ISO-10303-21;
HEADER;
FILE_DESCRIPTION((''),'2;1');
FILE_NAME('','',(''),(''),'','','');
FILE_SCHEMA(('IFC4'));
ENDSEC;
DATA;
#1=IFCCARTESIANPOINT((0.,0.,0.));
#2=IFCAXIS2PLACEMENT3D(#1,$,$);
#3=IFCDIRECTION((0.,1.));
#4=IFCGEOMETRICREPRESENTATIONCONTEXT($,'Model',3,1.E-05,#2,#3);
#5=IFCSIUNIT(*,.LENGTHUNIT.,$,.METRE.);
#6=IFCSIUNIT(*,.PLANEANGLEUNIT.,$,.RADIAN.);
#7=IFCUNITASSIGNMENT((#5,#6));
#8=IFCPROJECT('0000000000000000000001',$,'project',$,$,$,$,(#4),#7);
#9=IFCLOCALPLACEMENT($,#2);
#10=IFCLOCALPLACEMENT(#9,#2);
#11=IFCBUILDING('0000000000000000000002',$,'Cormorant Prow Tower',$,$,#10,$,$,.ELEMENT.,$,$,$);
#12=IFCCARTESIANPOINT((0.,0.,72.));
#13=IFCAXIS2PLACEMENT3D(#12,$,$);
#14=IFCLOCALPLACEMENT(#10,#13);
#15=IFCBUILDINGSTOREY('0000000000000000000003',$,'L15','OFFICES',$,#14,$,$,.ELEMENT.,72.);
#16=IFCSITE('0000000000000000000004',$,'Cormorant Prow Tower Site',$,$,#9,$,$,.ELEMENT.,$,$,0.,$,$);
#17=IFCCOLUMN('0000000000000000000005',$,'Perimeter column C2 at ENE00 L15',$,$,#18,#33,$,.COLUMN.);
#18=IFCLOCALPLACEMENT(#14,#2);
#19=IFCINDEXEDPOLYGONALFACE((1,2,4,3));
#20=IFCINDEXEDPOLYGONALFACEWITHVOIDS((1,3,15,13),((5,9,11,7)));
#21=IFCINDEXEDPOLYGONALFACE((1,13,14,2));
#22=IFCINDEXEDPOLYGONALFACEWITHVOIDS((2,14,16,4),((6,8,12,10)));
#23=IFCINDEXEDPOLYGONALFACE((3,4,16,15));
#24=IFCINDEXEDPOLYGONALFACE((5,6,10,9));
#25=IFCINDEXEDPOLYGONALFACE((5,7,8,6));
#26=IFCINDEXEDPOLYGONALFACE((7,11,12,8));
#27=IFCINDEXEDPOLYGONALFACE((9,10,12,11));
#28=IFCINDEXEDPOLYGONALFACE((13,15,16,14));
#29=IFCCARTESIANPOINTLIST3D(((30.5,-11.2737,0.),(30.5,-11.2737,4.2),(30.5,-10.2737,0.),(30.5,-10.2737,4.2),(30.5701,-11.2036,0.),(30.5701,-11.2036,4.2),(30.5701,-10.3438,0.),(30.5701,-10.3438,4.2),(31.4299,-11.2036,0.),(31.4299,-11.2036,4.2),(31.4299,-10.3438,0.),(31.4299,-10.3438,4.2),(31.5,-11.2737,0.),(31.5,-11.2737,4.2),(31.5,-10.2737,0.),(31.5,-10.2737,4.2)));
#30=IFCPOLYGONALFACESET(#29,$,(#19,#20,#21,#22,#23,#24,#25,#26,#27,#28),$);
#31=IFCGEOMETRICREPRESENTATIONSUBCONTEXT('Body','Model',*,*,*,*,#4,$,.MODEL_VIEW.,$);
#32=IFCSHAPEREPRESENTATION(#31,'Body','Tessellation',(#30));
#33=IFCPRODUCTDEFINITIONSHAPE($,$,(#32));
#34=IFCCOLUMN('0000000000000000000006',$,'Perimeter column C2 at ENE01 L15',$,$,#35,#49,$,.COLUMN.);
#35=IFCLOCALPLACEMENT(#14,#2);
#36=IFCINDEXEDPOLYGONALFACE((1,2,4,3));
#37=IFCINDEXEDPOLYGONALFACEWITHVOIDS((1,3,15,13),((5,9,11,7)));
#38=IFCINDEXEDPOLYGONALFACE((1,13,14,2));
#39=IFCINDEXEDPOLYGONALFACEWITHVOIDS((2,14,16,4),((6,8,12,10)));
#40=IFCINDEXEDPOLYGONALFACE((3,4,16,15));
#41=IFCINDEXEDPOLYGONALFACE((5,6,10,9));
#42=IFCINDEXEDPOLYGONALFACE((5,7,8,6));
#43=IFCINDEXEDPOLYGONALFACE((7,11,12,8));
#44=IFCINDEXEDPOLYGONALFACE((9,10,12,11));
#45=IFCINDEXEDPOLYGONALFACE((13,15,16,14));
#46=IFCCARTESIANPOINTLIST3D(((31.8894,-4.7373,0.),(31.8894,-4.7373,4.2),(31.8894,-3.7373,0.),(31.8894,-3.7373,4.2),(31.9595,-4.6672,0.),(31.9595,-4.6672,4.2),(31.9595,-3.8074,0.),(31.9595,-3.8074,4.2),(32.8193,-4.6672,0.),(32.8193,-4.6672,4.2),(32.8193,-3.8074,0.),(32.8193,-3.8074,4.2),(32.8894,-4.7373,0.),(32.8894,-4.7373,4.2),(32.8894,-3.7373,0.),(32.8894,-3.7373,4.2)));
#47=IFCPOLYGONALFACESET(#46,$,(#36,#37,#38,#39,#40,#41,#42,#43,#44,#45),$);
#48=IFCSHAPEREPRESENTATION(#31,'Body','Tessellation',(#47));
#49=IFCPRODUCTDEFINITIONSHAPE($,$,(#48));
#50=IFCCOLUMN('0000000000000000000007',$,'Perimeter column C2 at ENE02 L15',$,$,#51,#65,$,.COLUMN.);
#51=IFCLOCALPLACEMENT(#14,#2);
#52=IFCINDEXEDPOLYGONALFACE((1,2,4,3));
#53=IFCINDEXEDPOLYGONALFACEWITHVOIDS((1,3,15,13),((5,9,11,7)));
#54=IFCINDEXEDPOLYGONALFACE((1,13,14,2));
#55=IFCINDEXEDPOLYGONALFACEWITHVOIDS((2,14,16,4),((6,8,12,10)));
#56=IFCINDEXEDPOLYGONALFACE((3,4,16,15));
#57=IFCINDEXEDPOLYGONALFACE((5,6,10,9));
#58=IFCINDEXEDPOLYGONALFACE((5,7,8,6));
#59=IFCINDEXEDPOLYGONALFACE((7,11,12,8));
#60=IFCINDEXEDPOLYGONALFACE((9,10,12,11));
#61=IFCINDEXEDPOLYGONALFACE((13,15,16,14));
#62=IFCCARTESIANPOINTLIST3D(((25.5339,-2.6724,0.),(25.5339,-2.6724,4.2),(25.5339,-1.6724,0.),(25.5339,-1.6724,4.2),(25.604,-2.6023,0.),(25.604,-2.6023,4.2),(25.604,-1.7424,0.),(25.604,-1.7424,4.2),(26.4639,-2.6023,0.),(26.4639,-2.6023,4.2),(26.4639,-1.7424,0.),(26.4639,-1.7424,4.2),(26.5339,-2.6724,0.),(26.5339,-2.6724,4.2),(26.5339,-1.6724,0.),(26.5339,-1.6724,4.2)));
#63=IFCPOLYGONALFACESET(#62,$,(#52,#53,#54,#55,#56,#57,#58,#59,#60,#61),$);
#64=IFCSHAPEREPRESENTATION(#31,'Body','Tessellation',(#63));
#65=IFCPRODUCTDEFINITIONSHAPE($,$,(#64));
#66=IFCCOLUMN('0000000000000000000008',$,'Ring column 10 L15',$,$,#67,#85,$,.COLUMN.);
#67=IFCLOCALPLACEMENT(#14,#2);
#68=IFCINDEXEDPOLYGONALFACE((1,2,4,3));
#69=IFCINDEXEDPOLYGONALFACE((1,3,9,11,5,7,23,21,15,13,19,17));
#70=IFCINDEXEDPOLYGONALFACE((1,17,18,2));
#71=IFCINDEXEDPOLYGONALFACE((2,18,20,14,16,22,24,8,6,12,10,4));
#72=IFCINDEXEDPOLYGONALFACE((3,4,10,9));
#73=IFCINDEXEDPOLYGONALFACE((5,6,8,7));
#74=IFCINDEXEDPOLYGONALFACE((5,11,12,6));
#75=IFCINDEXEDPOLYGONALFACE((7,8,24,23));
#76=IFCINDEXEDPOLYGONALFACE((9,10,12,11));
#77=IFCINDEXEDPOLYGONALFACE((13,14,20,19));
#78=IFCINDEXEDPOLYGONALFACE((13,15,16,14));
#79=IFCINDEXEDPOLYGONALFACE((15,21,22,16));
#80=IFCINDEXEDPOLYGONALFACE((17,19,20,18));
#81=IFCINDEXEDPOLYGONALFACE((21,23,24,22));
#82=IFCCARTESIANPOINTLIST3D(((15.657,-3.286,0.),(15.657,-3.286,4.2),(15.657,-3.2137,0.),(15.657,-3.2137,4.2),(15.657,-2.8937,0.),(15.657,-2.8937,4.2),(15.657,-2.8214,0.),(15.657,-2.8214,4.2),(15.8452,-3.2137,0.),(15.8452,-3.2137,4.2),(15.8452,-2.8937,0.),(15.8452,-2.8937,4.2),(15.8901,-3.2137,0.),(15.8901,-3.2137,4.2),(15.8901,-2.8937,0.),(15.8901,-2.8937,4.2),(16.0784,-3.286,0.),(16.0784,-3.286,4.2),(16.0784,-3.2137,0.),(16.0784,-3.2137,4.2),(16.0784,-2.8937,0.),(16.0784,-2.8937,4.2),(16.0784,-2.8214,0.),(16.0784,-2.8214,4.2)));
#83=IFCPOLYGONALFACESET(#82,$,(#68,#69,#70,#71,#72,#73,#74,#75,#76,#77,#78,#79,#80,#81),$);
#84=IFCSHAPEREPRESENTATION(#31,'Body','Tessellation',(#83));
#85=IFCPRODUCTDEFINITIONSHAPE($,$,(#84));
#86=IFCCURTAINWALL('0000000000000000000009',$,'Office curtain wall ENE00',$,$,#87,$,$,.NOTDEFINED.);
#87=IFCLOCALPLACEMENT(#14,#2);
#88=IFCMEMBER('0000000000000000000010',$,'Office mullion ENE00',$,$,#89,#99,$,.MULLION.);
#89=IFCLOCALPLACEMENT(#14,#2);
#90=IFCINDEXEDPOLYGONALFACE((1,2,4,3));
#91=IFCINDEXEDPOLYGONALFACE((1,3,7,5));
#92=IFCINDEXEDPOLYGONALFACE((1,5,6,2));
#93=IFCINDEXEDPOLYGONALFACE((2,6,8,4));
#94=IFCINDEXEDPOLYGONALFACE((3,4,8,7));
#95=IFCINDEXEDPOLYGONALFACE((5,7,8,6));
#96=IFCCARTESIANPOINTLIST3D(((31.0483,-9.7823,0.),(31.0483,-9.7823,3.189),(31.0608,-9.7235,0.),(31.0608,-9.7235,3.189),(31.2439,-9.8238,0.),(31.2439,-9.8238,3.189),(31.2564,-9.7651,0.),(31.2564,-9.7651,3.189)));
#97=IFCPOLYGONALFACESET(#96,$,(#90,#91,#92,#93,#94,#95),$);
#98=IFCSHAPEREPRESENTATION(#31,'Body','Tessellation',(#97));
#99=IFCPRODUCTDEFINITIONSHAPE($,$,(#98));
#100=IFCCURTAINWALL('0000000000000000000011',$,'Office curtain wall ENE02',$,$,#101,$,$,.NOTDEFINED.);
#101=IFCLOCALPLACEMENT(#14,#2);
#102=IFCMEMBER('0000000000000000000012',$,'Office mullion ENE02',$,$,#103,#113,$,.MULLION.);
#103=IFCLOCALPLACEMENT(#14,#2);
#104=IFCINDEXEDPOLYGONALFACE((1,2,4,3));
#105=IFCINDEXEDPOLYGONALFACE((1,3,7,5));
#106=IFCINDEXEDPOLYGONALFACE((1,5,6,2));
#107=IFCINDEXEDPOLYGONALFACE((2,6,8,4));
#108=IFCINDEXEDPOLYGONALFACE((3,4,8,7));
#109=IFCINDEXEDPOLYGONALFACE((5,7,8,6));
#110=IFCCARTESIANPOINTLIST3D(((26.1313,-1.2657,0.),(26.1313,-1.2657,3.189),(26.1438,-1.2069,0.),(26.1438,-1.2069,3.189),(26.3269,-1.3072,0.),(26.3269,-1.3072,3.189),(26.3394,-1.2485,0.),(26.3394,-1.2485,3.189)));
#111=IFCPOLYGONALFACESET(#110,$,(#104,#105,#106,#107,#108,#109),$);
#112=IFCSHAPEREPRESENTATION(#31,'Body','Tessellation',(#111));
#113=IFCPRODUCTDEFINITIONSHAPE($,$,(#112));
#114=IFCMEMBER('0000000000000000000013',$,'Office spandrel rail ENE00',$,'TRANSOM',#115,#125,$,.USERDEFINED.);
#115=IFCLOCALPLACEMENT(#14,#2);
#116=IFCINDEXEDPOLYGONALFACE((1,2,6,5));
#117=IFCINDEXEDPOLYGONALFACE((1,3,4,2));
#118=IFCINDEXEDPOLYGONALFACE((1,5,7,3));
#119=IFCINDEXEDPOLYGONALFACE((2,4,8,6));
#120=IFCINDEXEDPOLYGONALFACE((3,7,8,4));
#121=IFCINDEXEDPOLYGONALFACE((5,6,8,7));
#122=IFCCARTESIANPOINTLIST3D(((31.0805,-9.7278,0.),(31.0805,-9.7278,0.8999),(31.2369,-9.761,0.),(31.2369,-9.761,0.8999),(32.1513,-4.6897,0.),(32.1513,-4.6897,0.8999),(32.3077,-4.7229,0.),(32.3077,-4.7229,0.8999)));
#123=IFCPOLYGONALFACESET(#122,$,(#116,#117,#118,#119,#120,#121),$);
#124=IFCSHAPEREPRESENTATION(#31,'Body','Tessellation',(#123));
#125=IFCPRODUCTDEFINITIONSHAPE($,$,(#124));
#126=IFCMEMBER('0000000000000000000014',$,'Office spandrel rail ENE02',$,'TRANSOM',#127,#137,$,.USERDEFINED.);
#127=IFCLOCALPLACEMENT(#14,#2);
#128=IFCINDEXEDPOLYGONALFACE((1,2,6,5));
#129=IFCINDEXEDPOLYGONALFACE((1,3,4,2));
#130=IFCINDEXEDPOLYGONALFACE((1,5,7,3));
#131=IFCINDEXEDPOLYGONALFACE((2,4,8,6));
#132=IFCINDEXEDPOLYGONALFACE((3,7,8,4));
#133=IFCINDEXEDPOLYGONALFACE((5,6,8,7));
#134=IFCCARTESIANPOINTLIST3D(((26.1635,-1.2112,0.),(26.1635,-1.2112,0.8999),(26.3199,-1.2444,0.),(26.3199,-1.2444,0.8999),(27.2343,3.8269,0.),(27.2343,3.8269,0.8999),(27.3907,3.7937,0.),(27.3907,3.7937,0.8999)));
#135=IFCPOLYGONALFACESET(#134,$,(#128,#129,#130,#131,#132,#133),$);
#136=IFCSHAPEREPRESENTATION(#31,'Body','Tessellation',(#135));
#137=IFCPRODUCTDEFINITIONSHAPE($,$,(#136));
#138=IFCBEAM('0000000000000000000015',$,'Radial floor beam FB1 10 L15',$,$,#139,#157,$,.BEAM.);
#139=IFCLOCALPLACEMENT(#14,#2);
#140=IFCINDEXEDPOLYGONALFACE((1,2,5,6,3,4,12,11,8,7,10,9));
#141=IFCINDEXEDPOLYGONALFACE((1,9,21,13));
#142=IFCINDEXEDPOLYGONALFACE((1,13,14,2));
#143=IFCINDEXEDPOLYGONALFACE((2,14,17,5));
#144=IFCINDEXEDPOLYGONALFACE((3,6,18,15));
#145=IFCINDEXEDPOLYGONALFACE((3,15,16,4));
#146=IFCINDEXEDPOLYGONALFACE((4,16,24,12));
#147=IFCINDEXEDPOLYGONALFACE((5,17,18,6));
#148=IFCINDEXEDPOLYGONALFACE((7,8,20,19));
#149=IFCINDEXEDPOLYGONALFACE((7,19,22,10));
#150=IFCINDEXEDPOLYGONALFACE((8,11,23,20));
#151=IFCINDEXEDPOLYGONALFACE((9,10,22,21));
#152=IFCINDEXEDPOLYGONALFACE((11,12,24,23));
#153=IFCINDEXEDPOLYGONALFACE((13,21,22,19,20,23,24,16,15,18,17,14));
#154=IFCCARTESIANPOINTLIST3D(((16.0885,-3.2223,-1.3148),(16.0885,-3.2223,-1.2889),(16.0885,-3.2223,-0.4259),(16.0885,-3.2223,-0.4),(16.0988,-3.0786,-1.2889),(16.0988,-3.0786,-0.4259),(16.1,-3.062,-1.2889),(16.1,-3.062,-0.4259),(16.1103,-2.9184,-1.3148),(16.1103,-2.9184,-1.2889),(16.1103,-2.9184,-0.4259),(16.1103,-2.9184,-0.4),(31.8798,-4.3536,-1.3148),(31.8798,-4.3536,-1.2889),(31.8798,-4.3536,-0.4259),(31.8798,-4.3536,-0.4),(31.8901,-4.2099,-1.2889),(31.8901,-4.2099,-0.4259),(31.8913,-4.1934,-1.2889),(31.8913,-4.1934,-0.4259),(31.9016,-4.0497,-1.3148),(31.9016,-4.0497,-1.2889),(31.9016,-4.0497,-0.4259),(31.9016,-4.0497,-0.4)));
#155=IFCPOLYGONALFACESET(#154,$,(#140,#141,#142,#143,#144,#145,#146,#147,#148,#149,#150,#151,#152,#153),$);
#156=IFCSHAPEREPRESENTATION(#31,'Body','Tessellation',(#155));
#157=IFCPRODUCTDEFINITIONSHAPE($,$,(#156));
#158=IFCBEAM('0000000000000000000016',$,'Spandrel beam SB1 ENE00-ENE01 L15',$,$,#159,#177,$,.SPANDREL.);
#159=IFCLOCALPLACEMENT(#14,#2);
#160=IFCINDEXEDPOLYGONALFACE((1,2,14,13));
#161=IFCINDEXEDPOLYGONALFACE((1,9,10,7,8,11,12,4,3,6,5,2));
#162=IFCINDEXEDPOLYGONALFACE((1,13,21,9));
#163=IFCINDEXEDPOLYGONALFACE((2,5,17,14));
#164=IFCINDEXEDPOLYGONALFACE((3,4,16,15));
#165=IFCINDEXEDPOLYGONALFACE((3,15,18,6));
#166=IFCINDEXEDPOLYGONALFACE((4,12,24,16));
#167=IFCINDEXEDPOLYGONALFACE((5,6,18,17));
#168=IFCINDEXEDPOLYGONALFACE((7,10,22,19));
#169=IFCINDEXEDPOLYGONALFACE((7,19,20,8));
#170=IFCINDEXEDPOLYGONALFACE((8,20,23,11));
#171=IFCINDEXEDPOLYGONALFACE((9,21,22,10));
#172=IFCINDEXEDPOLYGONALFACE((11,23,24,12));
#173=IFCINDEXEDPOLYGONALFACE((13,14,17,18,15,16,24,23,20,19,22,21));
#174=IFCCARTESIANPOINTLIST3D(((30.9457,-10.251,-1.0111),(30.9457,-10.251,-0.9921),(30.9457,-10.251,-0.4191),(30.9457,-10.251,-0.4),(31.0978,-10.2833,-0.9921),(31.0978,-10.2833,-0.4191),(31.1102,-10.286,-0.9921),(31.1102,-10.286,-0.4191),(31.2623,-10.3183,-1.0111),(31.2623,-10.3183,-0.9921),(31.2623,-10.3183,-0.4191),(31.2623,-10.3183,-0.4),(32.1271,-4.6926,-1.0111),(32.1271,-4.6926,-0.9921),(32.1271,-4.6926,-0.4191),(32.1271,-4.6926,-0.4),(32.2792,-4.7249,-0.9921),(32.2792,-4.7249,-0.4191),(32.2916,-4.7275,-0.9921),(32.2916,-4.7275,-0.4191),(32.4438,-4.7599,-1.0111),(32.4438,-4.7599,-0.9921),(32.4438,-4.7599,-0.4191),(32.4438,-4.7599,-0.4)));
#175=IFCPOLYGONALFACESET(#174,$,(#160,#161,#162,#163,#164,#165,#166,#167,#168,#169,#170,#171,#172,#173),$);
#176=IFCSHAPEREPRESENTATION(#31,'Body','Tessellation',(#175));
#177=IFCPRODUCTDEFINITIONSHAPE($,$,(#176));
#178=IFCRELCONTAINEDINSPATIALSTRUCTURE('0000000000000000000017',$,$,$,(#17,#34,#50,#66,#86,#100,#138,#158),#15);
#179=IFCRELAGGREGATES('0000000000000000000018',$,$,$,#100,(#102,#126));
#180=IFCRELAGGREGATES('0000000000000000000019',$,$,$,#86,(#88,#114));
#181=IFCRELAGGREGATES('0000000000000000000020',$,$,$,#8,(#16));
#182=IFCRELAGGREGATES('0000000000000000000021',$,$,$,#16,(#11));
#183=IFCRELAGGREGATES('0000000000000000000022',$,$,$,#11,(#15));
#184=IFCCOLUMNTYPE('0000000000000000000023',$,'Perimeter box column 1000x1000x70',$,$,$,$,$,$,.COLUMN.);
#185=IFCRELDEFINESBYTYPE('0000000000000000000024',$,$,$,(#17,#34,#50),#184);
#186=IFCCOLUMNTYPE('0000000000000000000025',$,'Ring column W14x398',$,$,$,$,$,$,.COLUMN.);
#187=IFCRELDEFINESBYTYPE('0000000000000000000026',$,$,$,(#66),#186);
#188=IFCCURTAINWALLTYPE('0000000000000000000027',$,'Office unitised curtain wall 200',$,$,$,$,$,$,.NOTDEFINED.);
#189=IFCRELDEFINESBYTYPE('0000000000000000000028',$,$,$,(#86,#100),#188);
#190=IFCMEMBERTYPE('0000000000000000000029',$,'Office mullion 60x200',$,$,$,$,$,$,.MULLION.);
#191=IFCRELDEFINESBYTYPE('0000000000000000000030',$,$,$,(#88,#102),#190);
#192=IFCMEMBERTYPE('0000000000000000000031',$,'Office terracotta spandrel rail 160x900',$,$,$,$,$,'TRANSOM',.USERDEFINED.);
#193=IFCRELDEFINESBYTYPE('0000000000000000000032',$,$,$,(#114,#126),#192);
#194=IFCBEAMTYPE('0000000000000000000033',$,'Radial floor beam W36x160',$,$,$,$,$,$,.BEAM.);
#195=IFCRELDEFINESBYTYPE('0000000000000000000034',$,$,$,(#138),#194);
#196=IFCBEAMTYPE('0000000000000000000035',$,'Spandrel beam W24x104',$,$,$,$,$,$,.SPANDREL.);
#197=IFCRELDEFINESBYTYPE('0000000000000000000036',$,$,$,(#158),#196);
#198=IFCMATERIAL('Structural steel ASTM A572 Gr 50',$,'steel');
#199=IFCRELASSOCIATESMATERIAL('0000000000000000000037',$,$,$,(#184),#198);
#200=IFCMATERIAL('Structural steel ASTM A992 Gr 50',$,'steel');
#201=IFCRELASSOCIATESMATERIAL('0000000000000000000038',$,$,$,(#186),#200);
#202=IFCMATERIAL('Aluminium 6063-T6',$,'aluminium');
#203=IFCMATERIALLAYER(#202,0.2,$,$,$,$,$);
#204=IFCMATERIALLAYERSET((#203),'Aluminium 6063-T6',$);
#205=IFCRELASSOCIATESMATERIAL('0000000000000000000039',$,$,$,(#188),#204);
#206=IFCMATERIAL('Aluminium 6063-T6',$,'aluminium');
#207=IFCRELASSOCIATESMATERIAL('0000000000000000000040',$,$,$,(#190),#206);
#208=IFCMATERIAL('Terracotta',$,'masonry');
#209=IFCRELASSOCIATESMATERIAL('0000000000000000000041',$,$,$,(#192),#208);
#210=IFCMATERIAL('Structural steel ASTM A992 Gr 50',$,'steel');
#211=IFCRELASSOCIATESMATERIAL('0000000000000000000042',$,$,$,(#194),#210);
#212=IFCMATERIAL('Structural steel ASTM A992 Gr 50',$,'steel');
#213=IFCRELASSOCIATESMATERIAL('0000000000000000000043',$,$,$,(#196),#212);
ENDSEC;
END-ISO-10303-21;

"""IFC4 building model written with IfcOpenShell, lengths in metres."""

from ifc_helpers import new_model, si_unit, direction, frame, origin, origin_2d, place, context, subcontext, project, spatial, rectangle, hollow_rectangle, i_section, extrude, material, layer, layer_set, material_profile, profile_set, type_object, element, aggregate, save


model = new_model("IFC4")

# Units and contexts
model_context = context("Model", 3, precision=1e-05, world=origin(), true_north=direction((0.0, 1.0)))
body_context = subcontext(model_context, "Body", "Model", "MODEL_VIEW")
ifc_project = project(units=[si_unit("LENGTHUNIT", "METRE"), si_unit("PLANEANGLEUNIT", "RADIAN")], contexts=[model_context])

# Site, building, storey
site_placement = place(None, origin())
site = spatial("IfcSite", under=ifc_project, at=site_placement, Name="Cormorant Prow Tower Site", CompositionType="ELEMENT", RefElevation=0.0)
building_placement = place(site_placement, origin())
building = spatial("IfcBuilding", under=site, at=building_placement, Name="Cormorant Prow Tower", CompositionType="ELEMENT")
storey_placement = place(building_placement, frame((0.0, 0.0, 72.0)))
storey = spatial("IfcBuildingStorey", under=building, at=storey_placement, Name="L15", Description="OFFICES", CompositionType="ELEMENT", Elevation=72.0)

# Columns
ifc_material_1 = material(Name="Structural steel ASTM A572 Gr 50", Category="steel")
ifc_material_profile_1 = material_profile(ifc_material_1, hollow_rectangle(XDim=1.0, YDim=1.0, WallThickness=0.0701, at=origin_2d()), Name="Box 1000x1000x70")
ifc_profile_set_1 = profile_set([ifc_material_profile_1], Name="Structural steel ASTM A572 Gr 50")
column_type_1 = type_object("IfcColumnType", Name="Perimeter box column 1000x1000x70", PredefinedType="COLUMN", material=ifc_profile_set_1)
for number, where, z_axis, x_axis, name in (
    (1, (31.0, -10.7737, 0.0), (0.0, 0.0, 1.0), (1.0, 0.0, 0.0), "Perimeter column C2 at ENE00 L15"),
    (2, (32.3894, -4.2373, 0.0), (0.0, 0.0, 1.0), (1.0, 0.0, 0.0), "Perimeter column C2 at ENE01 L15"),
    (3, (26.0339, -2.1724, 0.0), (0.0, 0.0, 1.0), (1.0, 0.0, 0.0), "Perimeter column C2 at ENE02 L15"),
):
    element("IfcColumn", number, at=place(storey_placement, frame(where, z_axis=z_axis, x_axis=x_axis)), inside=storey, type_object=column_type_1, Name=name, PredefinedType="COLUMN", context=body_context, shape_type="SweptSolid", body=[
        extrude(hollow_rectangle(XDim=1.0, YDim=1.0, WallThickness=0.0701, at=origin_2d()), origin(), (0.0, 0.0, 1.0), 4.2),
    ])
ifc_material_2 = material(Name="Structural steel ASTM A992 Gr 50", Category="steel")
ifc_material_profile_2 = material_profile(ifc_material_2, i_section(OverallWidth=0.4214, OverallDepth=0.4646, WebThickness=0.0449, FlangeThickness=0.0723, at=origin_2d()), Name="W14x398")
ifc_profile_set_2 = profile_set([ifc_material_profile_2], Name="Structural steel ASTM A992 Gr 50")
column_type_2 = type_object("IfcColumnType", Name="Ring column W14x398", PredefinedType="COLUMN", material=ifc_profile_set_2)
column_placement = place(storey_placement, frame((15.8677, -3.0537, 0.0), z_axis=(0.0, 0.0, 1.0), x_axis=(1.0, 0.0, 0.0)))
element("IfcColumn", 4, at=column_placement, inside=storey, type_object=column_type_2, Name="Ring column 10 L15", PredefinedType="COLUMN", context=body_context, shape_type="SweptSolid", body=[
    extrude(i_section(OverallWidth=0.4214, OverallDepth=0.4646, WebThickness=0.0449, FlangeThickness=0.0723, at=origin_2d()), origin(), (0.0, 0.0, 1.0), 4.2),
])

# Curtain walls, members
ifc_material_3 = material(Name="Aluminium 6063-T6", Category="aluminium")
ifc_layer_1 = layer(ifc_material_3, 0.2)
ifc_layer_set_1 = layer_set([ifc_layer_1], Name="Aluminium 6063-T6")
curtain_wall_type = type_object("IfcCurtainWallType", Name="Office unitised curtain wall 200", PredefinedType="NOTDEFINED", material=ifc_layer_set_1)
curtain_wall_1_placement = place(storey_placement, origin())
curtain_wall_1 = element("IfcCurtainWall", 5, at=curtain_wall_1_placement, inside=storey, type_object=curtain_wall_type, Name="Office curtain wall ENE00", PredefinedType="NOTDEFINED")
ifc_material_4 = material(Name="Aluminium 6063-T6", Category="aluminium")
ifc_material_profile_3 = material_profile(ifc_material_4, rectangle(XDim=0.2, YDim=0.0601, at=origin_2d()), Name="Office mullion 60x200")
ifc_profile_set_3 = profile_set([ifc_material_profile_3], Name="Aluminium 6063-T6")
member_type_1 = type_object("IfcMemberType", Name="Office mullion 60x200", PredefinedType="MULLION", material=ifc_profile_set_3)
member_1_placement = place(storey_placement, frame((31.1523, -9.7737, 0.0), z_axis=(0.0, 0.0, 1.0), x_axis=(-0.978148, 0.207912, 0.0)))
member_1 = element("IfcMember", 6, at=member_1_placement, type_object=member_type_1, Name="Office mullion ENE00", PredefinedType="MULLION", context=body_context, shape_type="SweptSolid", body=[
    extrude(rectangle(XDim=0.2, YDim=0.0601, at=origin_2d()), origin(), (0.0, 0.0, 1.0), 3.189),
])
curtain_wall_2_placement = place(storey_placement, origin())
curtain_wall_2 = element("IfcCurtainWall", 7, at=curtain_wall_2_placement, inside=storey, type_object=curtain_wall_type, Name="Office curtain wall ENE02", PredefinedType="NOTDEFINED")
member_2_placement = place(storey_placement, frame((26.2354, -1.2571, 0.0), z_axis=(0.0, 0.0, 1.0), x_axis=(-0.978148, 0.207912, 0.0)))
member_2 = element("IfcMember", 8, at=member_2_placement, type_object=member_type_1, Name="Office mullion ENE02", PredefinedType="MULLION", context=body_context, shape_type="SweptSolid", body=[
    extrude(rectangle(XDim=0.2, YDim=0.0601, at=origin_2d()), origin(), (0.0, 0.0, 1.0), 3.189),
])

# Members
ifc_material_5 = material(Name="Terracotta", Category="masonry")
ifc_material_profile_4 = material_profile(ifc_material_5, rectangle(XDim=0.1599, YDim=0.8999, at=origin_2d()), Name="Office terracotta spandrel rail 160x900")
ifc_profile_set_4 = profile_set([ifc_material_profile_4], Name="Terracotta")
member_type_2 = type_object("IfcMemberType", Name="Office terracotta spandrel rail 160x900", ElementType="TRANSOM", PredefinedType="USERDEFINED", material=ifc_profile_set_4)
member_3_placement = place(storey_placement, frame((31.1587, -9.7444, 0.45), z_axis=(0.207897, 0.978151, 0.0), x_axis=(-0.978151, 0.207897, 0.0)))
member_3 = element("IfcMember", 9, at=member_3_placement, type_object=member_type_2, Name="Office spandrel rail ENE00", ObjectType="TRANSOM", PredefinedType="USERDEFINED", context=body_context, shape_type="SweptSolid", body=[
    extrude(rectangle(XDim=0.1599, YDim=0.8999, at=origin_2d()), origin(), (0.0, 0.0, 1.0), 5.1506),
])
member_4_placement = place(storey_placement, frame((26.2417, -1.2278, 0.45), z_axis=(0.207897, 0.978151, 0.0), x_axis=(-0.978151, 0.207897, 0.0)))
member_4 = element("IfcMember", 10, at=member_4_placement, type_object=member_type_2, Name="Office spandrel rail ENE02", ObjectType="TRANSOM", PredefinedType="USERDEFINED", context=body_context, shape_type="SweptSolid", body=[
    extrude(rectangle(XDim=0.1599, YDim=0.8999, at=origin_2d()), origin(), (0.0, 0.0, 1.0), 5.1506),
])
aggregate(curtain_wall_2, [member_2, member_4])

# Beams
ifc_material_6 = material(Name="Structural steel ASTM A992 Gr 50", Category="steel")
ifc_material_profile_5 = material_profile(ifc_material_6, i_section(OverallWidth=0.3047, OverallDepth=0.9148, WebThickness=0.0166, FlangeThickness=0.0259, at=origin_2d()), Name="W36x160")
ifc_profile_set_5 = profile_set([ifc_material_profile_5], Name="Structural steel ASTM A992 Gr 50")
beam_type_1 = type_object("IfcBeamType", Name="Radial floor beam W36x160", PredefinedType="BEAM", material=ifc_profile_set_5)
beam_1_placement = place(storey_placement, frame((16.0994, -3.0703, -0.8574), z_axis=(0.997443, -0.071461, 0.0), x_axis=(0.071461, 0.997443, 0.0)))
element("IfcBeam", 11, at=beam_1_placement, inside=storey, type_object=beam_type_1, Name="Radial floor beam FB1 10 L15", PredefinedType="BEAM", context=body_context, shape_type="SweptSolid", body=[
    extrude(i_section(OverallWidth=0.3047, OverallDepth=0.9148, WebThickness=0.0166, FlangeThickness=0.0259, at=origin_2d()), origin(), (0.0, 0.0, 1.0), 15.8318),
])
ifc_material_7 = material(Name="Structural steel ASTM A992 Gr 50", Category="steel")
ifc_material_profile_6 = material_profile(ifc_material_7, i_section(OverallWidth=0.3237, OverallDepth=0.6111, WebThickness=0.0127, FlangeThickness=0.019, at=origin_2d()), Name="W24x104")
ifc_profile_set_6 = profile_set([ifc_material_profile_6], Name="Structural steel ASTM A992 Gr 50")
beam_type_2 = type_object("IfcBeamType", Name="Spandrel beam W24x104", PredefinedType="SPANDREL", material=ifc_profile_set_6)
beam_2_placement = place(storey_placement, frame((31.104, -10.2847, -0.7056), z_axis=(0.2079, 0.97815, 0.0), x_axis=(-0.97815, 0.2079, 0.0)))
element("IfcBeam", 12, at=beam_2_placement, inside=storey, type_object=beam_type_2, Name="Spandrel beam SB1 ENE00-ENE01 L15", PredefinedType="SPANDREL", context=body_context, shape_type="SweptSolid", body=[
    extrude(i_section(OverallWidth=0.3237, OverallDepth=0.6111, WebThickness=0.0127, FlangeThickness=0.019, at=origin_2d()), origin(), (0.0, 0.0, 1.0), 5.6826),
])

aggregate(curtain_wall_1, [member_1, member_3])

save(model, "model.ifc")
